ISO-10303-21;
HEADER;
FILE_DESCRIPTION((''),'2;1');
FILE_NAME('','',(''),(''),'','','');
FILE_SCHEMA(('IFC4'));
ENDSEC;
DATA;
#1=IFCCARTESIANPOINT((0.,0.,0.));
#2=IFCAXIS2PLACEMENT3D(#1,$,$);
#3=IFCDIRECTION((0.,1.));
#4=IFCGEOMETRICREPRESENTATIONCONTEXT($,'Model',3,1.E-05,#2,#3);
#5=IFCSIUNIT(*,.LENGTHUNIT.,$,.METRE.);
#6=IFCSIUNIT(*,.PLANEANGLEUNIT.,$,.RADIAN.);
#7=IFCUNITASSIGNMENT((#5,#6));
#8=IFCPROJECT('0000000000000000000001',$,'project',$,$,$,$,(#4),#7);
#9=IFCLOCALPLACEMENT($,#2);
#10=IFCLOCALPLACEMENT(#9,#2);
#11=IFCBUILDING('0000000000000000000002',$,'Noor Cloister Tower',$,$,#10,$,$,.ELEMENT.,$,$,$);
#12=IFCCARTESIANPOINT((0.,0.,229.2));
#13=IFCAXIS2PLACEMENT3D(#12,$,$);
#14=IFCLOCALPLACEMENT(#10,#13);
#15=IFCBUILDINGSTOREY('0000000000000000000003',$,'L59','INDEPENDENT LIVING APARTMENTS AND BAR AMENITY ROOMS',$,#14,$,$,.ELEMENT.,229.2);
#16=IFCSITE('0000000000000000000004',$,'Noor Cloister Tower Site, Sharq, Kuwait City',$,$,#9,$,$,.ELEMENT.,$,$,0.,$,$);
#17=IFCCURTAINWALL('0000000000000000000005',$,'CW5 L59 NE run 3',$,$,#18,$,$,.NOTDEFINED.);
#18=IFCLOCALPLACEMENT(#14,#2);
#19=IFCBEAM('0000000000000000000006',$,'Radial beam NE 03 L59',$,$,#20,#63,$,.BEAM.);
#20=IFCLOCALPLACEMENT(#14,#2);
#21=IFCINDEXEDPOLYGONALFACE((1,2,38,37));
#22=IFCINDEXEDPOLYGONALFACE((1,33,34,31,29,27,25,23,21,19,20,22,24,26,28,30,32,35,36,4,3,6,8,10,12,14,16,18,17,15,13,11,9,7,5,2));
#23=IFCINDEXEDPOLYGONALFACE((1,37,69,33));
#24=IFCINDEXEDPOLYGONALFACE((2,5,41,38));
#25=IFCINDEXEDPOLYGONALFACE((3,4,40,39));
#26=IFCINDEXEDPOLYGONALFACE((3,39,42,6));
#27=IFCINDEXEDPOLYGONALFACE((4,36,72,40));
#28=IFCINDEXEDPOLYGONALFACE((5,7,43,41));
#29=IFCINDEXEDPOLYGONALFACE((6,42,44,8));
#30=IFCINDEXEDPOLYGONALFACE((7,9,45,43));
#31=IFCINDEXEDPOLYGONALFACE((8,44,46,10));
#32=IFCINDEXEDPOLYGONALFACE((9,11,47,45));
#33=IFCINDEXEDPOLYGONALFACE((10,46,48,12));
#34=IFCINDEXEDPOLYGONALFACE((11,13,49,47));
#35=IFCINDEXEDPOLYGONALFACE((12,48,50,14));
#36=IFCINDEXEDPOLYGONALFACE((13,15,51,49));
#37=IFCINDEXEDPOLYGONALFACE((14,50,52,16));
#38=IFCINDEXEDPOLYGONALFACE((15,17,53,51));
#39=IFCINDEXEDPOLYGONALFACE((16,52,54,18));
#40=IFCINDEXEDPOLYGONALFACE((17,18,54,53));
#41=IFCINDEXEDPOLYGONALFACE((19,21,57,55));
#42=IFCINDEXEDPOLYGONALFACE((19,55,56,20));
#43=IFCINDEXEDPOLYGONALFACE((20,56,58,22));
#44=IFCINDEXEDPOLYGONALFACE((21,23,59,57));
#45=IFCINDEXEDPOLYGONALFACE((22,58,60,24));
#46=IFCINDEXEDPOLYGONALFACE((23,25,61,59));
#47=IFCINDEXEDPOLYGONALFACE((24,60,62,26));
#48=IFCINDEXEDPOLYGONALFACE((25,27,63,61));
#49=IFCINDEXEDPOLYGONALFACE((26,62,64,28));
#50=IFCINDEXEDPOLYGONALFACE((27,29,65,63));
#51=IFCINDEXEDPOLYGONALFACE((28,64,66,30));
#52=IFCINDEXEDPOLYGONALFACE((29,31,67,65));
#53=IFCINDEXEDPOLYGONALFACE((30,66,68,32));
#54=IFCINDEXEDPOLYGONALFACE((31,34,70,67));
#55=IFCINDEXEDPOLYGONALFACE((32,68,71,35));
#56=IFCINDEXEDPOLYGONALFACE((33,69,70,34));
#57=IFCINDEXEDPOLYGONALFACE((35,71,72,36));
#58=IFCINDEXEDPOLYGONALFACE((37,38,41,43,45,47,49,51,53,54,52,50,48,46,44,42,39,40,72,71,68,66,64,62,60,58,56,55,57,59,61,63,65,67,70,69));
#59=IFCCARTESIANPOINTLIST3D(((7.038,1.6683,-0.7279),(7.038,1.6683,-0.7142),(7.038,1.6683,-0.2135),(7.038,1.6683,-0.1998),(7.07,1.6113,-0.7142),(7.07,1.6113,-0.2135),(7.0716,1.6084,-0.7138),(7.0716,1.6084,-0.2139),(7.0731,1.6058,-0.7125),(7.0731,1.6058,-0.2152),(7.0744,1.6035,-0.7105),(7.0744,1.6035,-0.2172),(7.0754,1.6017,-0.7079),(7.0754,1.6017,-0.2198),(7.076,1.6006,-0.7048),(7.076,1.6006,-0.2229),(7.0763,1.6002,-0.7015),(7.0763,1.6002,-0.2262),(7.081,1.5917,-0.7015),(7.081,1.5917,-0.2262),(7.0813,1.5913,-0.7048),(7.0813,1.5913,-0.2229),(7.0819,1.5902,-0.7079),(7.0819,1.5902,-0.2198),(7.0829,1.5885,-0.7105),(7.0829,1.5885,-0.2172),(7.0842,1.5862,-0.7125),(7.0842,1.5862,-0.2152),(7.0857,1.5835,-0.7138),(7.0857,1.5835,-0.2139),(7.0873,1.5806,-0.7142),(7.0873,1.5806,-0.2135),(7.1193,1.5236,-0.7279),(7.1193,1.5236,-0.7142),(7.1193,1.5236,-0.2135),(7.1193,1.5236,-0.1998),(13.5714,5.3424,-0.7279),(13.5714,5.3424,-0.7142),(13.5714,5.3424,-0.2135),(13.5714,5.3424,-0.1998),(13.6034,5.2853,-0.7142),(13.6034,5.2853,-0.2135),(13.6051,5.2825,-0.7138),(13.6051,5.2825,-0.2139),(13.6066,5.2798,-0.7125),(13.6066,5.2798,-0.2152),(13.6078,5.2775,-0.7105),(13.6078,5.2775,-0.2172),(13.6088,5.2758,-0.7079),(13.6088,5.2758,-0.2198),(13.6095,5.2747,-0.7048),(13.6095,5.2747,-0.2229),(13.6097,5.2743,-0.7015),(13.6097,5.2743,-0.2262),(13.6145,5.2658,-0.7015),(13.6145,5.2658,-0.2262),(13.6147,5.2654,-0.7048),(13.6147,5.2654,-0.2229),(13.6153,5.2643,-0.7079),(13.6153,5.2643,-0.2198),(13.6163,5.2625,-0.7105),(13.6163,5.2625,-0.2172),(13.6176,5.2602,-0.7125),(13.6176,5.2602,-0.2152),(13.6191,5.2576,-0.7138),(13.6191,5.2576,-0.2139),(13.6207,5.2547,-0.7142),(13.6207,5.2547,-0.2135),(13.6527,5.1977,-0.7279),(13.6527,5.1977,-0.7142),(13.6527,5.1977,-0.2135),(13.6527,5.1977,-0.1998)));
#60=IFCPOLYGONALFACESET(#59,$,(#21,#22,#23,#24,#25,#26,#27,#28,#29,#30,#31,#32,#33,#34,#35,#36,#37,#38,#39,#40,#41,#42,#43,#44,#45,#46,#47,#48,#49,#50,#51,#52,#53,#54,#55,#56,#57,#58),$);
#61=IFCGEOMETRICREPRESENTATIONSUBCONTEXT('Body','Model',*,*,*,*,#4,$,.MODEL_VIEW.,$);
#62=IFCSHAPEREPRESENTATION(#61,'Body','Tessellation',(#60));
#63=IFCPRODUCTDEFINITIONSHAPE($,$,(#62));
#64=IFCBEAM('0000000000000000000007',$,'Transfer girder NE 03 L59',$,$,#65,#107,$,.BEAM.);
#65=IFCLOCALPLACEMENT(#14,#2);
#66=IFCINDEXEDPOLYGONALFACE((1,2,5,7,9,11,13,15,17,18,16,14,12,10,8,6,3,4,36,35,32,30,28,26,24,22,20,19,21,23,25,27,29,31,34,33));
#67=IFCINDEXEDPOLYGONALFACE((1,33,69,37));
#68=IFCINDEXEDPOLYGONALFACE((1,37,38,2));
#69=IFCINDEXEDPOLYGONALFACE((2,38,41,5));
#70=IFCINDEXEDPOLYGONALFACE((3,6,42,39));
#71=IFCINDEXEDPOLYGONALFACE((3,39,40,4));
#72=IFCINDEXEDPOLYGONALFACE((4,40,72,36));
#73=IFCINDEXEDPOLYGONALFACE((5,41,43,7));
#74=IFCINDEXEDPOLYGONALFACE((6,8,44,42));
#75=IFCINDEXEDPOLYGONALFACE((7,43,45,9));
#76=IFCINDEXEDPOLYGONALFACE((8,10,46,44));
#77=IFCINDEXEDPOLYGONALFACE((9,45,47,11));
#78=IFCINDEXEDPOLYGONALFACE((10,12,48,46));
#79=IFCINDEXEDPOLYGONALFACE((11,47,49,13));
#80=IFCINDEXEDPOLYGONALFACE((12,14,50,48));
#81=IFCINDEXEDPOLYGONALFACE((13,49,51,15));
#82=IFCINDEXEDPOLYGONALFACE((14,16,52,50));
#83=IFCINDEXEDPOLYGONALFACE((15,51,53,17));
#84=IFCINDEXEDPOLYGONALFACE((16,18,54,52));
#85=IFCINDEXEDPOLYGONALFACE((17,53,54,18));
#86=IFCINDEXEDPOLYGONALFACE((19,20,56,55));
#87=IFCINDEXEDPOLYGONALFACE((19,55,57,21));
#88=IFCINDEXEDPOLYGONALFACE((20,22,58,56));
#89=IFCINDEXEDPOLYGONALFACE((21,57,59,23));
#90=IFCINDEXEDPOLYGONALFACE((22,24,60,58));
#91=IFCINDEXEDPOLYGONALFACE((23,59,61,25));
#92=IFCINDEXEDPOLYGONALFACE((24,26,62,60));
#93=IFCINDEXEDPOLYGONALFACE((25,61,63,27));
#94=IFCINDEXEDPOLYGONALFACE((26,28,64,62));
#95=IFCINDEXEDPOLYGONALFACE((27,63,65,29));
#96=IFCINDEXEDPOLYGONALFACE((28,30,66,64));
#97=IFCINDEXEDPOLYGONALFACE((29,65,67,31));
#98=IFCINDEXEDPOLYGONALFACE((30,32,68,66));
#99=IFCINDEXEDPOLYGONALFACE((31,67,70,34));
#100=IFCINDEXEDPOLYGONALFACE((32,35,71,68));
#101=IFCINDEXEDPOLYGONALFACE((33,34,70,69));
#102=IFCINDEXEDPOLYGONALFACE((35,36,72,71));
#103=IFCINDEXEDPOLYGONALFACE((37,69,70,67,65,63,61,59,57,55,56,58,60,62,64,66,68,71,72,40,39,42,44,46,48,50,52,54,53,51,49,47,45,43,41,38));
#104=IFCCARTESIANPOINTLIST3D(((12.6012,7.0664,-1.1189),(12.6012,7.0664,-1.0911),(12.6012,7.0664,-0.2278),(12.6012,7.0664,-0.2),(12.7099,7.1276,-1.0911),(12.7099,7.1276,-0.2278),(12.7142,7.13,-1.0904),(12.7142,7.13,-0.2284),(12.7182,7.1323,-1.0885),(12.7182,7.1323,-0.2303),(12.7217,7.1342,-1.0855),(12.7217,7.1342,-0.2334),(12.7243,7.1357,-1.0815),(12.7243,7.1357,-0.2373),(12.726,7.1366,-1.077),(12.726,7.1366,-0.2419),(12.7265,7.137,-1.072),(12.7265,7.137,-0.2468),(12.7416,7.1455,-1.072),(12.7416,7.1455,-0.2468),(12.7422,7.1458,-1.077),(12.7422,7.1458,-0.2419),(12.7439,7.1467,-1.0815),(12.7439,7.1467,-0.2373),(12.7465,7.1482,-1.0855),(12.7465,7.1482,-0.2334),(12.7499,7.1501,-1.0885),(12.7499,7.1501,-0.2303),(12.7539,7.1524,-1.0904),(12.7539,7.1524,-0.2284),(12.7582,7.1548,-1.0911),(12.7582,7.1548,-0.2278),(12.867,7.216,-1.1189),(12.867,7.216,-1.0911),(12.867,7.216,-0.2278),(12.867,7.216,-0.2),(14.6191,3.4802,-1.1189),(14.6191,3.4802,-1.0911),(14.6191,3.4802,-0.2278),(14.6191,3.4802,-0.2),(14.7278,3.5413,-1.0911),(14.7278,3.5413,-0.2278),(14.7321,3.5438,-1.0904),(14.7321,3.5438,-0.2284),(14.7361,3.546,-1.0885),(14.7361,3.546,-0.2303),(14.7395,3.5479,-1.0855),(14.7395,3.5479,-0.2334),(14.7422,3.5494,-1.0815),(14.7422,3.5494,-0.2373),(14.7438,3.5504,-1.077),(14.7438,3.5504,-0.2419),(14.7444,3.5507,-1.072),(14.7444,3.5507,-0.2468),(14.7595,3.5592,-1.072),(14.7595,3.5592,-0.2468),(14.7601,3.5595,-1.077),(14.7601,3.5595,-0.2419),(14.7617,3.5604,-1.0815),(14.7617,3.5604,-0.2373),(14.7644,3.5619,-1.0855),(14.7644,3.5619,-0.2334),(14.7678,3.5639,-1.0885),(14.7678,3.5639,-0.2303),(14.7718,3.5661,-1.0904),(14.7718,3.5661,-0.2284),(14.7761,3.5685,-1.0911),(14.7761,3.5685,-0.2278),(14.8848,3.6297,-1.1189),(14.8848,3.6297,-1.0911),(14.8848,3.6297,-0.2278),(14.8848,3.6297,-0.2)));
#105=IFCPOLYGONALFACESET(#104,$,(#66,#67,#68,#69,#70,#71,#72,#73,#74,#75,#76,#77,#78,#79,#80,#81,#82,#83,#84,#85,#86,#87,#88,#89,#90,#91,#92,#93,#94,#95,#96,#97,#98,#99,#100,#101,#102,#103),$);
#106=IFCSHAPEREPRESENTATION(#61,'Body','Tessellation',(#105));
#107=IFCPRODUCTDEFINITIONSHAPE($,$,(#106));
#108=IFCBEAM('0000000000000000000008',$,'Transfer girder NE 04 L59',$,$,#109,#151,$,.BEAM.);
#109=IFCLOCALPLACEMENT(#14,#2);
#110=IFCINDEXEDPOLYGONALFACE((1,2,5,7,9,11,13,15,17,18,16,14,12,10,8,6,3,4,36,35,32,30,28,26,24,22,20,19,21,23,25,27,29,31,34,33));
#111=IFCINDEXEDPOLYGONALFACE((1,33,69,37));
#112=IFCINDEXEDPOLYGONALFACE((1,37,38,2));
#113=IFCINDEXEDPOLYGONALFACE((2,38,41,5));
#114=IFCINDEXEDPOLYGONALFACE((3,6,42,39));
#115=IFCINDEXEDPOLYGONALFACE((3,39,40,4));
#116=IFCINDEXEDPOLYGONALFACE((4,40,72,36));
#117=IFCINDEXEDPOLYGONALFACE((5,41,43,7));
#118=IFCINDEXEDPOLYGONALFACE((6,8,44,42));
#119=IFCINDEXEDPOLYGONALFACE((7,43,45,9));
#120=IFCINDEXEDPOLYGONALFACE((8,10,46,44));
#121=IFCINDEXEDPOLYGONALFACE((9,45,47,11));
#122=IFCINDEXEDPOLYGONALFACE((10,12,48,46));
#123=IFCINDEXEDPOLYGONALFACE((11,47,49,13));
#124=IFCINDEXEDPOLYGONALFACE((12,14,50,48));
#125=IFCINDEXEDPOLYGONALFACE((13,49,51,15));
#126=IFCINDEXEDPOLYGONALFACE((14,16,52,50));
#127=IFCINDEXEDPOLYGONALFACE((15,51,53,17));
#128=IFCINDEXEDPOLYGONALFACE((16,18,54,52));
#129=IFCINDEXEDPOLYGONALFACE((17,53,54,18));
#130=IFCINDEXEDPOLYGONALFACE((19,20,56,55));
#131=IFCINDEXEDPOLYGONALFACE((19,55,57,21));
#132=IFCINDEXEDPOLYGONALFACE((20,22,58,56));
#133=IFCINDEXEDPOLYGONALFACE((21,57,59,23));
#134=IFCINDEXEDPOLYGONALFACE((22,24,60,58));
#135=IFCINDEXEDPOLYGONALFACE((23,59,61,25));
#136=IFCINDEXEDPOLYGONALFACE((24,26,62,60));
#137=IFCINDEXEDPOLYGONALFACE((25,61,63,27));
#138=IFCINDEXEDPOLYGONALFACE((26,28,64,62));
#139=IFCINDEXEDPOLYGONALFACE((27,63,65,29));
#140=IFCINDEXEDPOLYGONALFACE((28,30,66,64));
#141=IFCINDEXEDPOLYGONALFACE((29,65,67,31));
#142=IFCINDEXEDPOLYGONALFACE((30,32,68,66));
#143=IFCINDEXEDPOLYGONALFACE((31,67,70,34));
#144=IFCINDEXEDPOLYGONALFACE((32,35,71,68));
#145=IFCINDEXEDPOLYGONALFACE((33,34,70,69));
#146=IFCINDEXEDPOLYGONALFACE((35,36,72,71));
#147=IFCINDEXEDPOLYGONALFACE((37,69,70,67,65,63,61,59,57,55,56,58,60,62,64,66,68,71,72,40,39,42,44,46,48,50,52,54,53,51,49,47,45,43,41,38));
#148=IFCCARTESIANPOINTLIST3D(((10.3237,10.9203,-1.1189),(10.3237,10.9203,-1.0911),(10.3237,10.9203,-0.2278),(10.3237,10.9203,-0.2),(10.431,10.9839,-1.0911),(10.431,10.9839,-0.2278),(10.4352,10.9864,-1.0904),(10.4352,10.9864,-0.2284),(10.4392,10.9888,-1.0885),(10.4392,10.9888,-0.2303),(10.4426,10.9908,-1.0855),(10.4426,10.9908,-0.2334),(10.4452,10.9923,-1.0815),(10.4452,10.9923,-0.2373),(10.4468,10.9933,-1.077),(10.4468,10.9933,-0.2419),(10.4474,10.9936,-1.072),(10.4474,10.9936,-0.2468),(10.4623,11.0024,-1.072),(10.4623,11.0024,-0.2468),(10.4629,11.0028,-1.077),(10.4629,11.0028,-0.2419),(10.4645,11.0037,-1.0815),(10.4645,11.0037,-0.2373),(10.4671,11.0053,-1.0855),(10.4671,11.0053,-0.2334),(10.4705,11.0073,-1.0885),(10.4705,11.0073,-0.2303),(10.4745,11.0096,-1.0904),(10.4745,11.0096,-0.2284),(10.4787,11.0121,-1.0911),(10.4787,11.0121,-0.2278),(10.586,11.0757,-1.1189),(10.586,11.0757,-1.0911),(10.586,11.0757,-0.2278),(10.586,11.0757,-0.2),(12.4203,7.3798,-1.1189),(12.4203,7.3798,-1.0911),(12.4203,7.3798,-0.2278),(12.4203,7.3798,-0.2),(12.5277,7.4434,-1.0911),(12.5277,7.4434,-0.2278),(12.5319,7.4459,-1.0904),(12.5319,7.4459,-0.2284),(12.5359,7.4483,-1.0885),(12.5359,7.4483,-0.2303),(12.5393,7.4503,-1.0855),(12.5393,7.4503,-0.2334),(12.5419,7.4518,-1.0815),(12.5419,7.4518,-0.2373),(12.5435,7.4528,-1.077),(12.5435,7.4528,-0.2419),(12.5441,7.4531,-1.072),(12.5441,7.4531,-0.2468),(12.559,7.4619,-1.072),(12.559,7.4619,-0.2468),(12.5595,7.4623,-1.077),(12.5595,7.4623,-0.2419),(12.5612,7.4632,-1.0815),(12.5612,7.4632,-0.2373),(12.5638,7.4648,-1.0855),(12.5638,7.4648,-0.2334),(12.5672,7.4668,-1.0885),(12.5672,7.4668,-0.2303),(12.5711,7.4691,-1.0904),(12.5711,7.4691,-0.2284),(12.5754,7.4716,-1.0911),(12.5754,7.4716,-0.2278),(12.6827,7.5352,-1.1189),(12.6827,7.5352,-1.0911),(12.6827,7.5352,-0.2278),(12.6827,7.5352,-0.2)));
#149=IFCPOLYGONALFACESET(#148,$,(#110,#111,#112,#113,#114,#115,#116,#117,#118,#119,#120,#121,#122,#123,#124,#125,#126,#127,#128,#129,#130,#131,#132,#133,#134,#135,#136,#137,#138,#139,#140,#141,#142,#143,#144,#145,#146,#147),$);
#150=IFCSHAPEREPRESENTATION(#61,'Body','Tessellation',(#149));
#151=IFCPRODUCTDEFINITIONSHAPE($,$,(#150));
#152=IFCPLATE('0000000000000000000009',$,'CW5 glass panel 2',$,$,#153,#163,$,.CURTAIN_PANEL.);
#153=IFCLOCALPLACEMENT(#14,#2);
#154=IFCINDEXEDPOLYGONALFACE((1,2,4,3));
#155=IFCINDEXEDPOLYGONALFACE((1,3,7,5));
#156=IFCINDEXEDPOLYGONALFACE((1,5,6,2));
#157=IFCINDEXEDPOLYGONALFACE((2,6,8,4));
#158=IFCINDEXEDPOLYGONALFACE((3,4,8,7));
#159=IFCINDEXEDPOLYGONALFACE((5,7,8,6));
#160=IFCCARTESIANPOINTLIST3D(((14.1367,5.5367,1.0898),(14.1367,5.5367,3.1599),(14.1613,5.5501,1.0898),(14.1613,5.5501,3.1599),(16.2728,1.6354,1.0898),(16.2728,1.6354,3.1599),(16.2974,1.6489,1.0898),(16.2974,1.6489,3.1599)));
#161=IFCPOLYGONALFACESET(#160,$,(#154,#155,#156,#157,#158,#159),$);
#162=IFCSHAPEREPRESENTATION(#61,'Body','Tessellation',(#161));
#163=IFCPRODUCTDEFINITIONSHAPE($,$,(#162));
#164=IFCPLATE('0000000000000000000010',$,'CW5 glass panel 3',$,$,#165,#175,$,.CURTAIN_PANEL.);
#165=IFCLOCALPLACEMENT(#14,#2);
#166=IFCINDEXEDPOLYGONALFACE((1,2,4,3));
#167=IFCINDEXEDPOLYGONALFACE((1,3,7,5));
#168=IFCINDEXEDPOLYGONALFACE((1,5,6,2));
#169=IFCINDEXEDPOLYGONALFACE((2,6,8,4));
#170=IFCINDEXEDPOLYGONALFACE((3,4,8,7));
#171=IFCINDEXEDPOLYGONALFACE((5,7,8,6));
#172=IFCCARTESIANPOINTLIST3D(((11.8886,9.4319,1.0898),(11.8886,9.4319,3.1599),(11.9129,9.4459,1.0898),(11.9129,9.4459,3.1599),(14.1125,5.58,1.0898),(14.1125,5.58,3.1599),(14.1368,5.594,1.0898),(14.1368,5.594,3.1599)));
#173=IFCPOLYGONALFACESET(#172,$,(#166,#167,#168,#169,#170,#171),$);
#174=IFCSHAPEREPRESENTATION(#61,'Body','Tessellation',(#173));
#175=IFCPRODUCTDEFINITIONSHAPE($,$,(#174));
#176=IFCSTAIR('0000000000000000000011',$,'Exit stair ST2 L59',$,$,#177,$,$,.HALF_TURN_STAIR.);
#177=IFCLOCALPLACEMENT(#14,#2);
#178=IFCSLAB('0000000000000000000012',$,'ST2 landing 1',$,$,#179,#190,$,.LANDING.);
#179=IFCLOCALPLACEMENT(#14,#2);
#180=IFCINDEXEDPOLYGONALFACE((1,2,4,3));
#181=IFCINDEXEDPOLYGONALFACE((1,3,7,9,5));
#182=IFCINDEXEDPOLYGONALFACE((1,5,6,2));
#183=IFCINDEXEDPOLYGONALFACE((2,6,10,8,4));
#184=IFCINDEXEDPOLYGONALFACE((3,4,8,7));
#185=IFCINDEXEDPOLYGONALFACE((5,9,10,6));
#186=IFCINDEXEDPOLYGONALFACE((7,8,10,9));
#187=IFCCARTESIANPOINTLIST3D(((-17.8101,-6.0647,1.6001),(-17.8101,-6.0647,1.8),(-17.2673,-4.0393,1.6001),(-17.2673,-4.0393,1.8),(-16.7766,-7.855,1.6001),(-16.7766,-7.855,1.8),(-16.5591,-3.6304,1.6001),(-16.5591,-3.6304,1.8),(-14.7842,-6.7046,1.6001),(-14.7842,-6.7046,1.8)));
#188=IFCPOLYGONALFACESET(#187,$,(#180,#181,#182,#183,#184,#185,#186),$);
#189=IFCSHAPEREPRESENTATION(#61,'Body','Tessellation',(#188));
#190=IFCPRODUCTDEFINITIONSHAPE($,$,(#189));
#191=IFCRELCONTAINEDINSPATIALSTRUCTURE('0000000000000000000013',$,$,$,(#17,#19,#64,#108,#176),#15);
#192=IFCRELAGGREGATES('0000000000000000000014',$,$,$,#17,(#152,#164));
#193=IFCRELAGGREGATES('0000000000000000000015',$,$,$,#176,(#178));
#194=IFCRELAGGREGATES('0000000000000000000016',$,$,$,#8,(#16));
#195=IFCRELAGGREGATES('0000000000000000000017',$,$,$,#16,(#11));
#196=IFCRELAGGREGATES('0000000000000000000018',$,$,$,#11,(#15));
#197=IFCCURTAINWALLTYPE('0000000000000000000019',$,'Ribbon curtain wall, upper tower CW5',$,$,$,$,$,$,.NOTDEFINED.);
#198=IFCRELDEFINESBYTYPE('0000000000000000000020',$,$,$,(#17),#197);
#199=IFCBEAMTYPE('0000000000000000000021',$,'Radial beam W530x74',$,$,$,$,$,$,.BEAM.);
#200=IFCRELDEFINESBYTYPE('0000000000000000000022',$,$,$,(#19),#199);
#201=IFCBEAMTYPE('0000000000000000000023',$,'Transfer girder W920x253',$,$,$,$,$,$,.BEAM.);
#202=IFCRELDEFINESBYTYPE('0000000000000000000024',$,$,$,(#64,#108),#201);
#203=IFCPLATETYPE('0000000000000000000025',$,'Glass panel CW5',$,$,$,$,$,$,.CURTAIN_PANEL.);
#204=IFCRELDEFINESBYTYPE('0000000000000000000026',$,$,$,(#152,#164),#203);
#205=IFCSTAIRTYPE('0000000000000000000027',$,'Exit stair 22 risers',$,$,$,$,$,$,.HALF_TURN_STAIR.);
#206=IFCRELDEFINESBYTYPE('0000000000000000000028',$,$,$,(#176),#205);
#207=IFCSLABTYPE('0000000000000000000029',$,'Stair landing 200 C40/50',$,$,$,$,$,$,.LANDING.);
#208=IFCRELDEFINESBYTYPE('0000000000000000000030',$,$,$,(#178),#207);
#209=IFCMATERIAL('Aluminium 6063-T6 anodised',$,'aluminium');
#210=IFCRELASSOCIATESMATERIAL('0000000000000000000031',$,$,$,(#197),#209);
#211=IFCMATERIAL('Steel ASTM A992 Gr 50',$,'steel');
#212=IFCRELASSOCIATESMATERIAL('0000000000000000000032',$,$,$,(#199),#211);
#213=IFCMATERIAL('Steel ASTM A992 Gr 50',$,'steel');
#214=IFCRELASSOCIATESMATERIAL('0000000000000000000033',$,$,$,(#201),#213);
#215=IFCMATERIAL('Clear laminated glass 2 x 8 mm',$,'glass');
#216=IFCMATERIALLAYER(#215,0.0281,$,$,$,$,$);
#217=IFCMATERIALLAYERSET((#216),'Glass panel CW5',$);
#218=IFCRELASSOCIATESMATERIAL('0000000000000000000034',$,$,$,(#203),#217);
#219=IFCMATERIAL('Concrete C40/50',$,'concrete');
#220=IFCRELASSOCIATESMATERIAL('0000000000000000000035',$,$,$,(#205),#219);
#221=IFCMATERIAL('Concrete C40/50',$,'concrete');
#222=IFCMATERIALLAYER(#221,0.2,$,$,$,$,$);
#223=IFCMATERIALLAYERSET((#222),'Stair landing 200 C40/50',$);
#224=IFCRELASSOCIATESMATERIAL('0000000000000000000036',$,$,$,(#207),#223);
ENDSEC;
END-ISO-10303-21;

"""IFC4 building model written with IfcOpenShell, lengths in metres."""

from ifc_helpers import new_model, si_unit, direction, frame, origin, origin_2d, place, context, subcontext, project, spatial, polyline, rectangle, i_section, outline, extrude, material, layer, layer_set, material_profile, profile_set, type_object, element, aggregate, save


model = new_model("IFC4")

# Units and contexts
model_context = context("Model", 3, precision=1e-05, world=origin(), true_north=direction((0.0, 1.0)))
body_context = subcontext(model_context, "Body", "Model", "MODEL_VIEW")
ifc_project = project(units=[si_unit("LENGTHUNIT", "METRE"), si_unit("PLANEANGLEUNIT", "RADIAN")], contexts=[model_context])

# Site, building, storey
site_placement = place(None, origin())
site = spatial("IfcSite", under=ifc_project, at=site_placement, Name="Noor Cloister Tower Site, Sharq, Kuwait City", CompositionType="ELEMENT", RefElevation=0.0)
building_placement = place(site_placement, origin())
building = spatial("IfcBuilding", under=site, at=building_placement, Name="Noor Cloister Tower", CompositionType="ELEMENT")
storey_placement = place(building_placement, frame((0.0, 0.0, 229.2)))
storey = spatial("IfcBuildingStorey", under=building, at=storey_placement, Name="L59", Description="INDEPENDENT LIVING APARTMENTS AND BAR AMENITY ROOMS", CompositionType="ELEMENT", Elevation=229.2)

# Curtain wall
ifc_material_1 = material(Name="Aluminium 6063-T6 anodised", Category="aluminium")
curtain_wall_type = type_object("IfcCurtainWallType", Name="Ribbon curtain wall, upper tower CW5", PredefinedType="NOTDEFINED", material=ifc_material_1)
curtain_wall_placement = place(storey_placement, origin())
curtain_wall = element("IfcCurtainWall", 1, at=curtain_wall_placement, inside=storey, type_object=curtain_wall_type, Name="CW5 L59 NE run 3", PredefinedType="NOTDEFINED")

# Beams
ifc_material_2 = material(Name="Steel ASTM A992 Gr 50", Category="steel")
ifc_material_profile_1 = material_profile(ifc_material_2, i_section(OverallWidth=0.166, OverallDepth=0.5281, WebThickness=0.0098, FlangeThickness=0.0137, FilletRadius=0.0127, at=origin_2d()), Name="W530x74")
ifc_profile_set_1 = profile_set([ifc_material_profile_1], Name="Steel ASTM A992 Gr 50")
beam_type_1 = type_object("IfcBeamType", Name="Radial beam W530x74", PredefinedType="BEAM", material=ifc_profile_set_1)
beam_1_placement = place(storey_placement, frame((13.6121, 5.27, -0.4639), z_axis=(-0.871632, -0.490161, 0.0), x_axis=(0.490161, -0.871632, 0.0)))
element("IfcBeam", 2, at=beam_1_placement, inside=storey, type_object=beam_type_1, Name="Radial beam NE 03 L59", PredefinedType="BEAM", context=body_context, shape_type="SweptSolid", body=[
    extrude(i_section(OverallWidth=0.166, OverallDepth=0.5281, WebThickness=0.0098, FlangeThickness=0.0137, FilletRadius=0.0127, at=origin_2d()), origin(), (0.0, 0.0, 1.0), 7.4956),
])
ifc_material_3 = material(Name="Steel ASTM A992 Gr 50", Category="steel")
ifc_material_profile_2 = material_profile(ifc_material_3, i_section(OverallWidth=0.3049, OverallDepth=0.9189, WebThickness=0.0173, FlangeThickness=0.0278, FilletRadius=0.019, at=origin_2d()), Name="W920x253")
ifc_profile_set_2 = profile_set([ifc_material_profile_2], Name="Steel ASTM A992 Gr 50")
beam_type_2 = type_object("IfcBeamType", Name="Transfer girder W920x253", PredefinedType="BEAM", material=ifc_profile_set_2)
beam_2_placement = place(storey_placement, frame((14.752, 3.5549, -0.6594), z_axis=(-0.490371, 0.871514, 0.0), x_axis=(-0.871514, -0.490371, 0.0)))
element("IfcBeam", 3, at=beam_2_placement, inside=storey, type_object=beam_type_2, Name="Transfer girder NE 03 L59", PredefinedType="BEAM", context=body_context, shape_type="SweptSolid", body=[
    extrude(i_section(OverallWidth=0.3049, OverallDepth=0.9189, WebThickness=0.0173, FlangeThickness=0.0278, FilletRadius=0.019, at=origin_2d()), origin(), (0.0, 0.0, 1.0), 4.115),
])
beam_3_placement = place(storey_placement, frame((12.5515, 7.4575, -0.6594), z_axis=(-0.509549, 0.860442, 0.0), x_axis=(-0.860442, -0.509549, 0.0)))
element("IfcBeam", 4, at=beam_3_placement, inside=storey, type_object=beam_type_2, Name="Transfer girder NE 04 L59", PredefinedType="BEAM", context=body_context, shape_type="SweptSolid", body=[
    extrude(i_section(OverallWidth=0.3049, OverallDepth=0.9189, WebThickness=0.0173, FlangeThickness=0.0278, FilletRadius=0.019, at=origin_2d()), origin(), (0.0, 0.0, 1.0), 4.1147),
])

# Plates
ifc_material_4 = material(Name="Clear laminated glass 2 x 8 mm", Category="glass")
ifc_layer_1 = layer(ifc_material_4, 0.0281)
ifc_layer_set_1 = layer_set([ifc_layer_1], Name="Glass panel CW5")
plate_type = type_object("IfcPlateType", Name="Glass panel CW5", PredefinedType="CURTAIN_PANEL", material=ifc_layer_set_1)
plate_1_placement = place(storey_placement, frame((15.217, 3.5928, 1.0898), z_axis=(0.0, 0.0, 1.0), x_axis=(-0.480257, 0.877128, 0.0)))
plate_1 = element("IfcPlate", 5, at=plate_1_placement, type_object=plate_type, Name="CW5 glass panel 2", PredefinedType="CURTAIN_PANEL", context=body_context, shape_type="SweptSolid", body=[
    extrude(rectangle(XDim=4.4478, YDim=0.0281, at=origin_2d()), origin(), (0.0, 0.0, 1.0), 2.0701),
])
plate_2_placement = place(storey_placement, frame((13.0127, 7.5129, 1.0898), z_axis=(0.0, 0.0, 1.0), x_axis=(-0.5, 0.866025, 0.0)))
plate_2 = element("IfcPlate", 6, at=plate_2_placement, type_object=plate_type, Name="CW5 glass panel 3", PredefinedType="CURTAIN_PANEL", context=body_context, shape_type="SweptSolid", body=[
    extrude(rectangle(XDim=4.4478, YDim=0.0281, at=origin_2d()), origin(), (0.0, 0.0, 1.0), 2.0701),
])
aggregate(curtain_wall, [plate_1, plate_2])

# Stair, slab
ifc_material_5 = material(Name="Concrete C40/50", Category="concrete")
stair_type = type_object("IfcStairType", Name="Exit stair 22 risers", PredefinedType="HALF_TURN_STAIR", material=ifc_material_5)
stair_1_placement = place(storey_placement, origin())
stair_1 = element("IfcStair", 7, at=stair_1_placement, inside=storey, type_object=stair_type, Name="Exit stair ST2 L59", PredefinedType="HALF_TURN_STAIR")
ifc_material_6 = material(Name="Concrete C40/50", Category="concrete")
ifc_layer_2 = layer(ifc_material_6, 0.2)
ifc_layer_set_2 = layer_set([ifc_layer_2], Name="Stair landing 200 C40/50")
slab_type = type_object("IfcSlabType", Name="Stair landing 200 C40/50", PredefinedType="LANDING", material=ifc_layer_set_2)
slab_1_placement = place(storey_placement, frame((0.0, 0.0, 1.6001)))
slab_1 = element("IfcSlab", 8, at=slab_1_placement, type_object=slab_type, Name="ST2 landing 1", PredefinedType="LANDING", context=body_context, shape_type="SweptSolid", body=[
    extrude(outline(polyline([(-16.5591, -3.6304), (-17.2673, -4.0393), (-17.8101, -6.0647), (-16.7766, -7.855), (-14.7842, -6.7046), (-16.5591, -3.6304)])), origin(), (0.0, 0.0, 1.0), 0.2),
])
aggregate(stair_1, [slab_1])

save(model, "model.ifc")
